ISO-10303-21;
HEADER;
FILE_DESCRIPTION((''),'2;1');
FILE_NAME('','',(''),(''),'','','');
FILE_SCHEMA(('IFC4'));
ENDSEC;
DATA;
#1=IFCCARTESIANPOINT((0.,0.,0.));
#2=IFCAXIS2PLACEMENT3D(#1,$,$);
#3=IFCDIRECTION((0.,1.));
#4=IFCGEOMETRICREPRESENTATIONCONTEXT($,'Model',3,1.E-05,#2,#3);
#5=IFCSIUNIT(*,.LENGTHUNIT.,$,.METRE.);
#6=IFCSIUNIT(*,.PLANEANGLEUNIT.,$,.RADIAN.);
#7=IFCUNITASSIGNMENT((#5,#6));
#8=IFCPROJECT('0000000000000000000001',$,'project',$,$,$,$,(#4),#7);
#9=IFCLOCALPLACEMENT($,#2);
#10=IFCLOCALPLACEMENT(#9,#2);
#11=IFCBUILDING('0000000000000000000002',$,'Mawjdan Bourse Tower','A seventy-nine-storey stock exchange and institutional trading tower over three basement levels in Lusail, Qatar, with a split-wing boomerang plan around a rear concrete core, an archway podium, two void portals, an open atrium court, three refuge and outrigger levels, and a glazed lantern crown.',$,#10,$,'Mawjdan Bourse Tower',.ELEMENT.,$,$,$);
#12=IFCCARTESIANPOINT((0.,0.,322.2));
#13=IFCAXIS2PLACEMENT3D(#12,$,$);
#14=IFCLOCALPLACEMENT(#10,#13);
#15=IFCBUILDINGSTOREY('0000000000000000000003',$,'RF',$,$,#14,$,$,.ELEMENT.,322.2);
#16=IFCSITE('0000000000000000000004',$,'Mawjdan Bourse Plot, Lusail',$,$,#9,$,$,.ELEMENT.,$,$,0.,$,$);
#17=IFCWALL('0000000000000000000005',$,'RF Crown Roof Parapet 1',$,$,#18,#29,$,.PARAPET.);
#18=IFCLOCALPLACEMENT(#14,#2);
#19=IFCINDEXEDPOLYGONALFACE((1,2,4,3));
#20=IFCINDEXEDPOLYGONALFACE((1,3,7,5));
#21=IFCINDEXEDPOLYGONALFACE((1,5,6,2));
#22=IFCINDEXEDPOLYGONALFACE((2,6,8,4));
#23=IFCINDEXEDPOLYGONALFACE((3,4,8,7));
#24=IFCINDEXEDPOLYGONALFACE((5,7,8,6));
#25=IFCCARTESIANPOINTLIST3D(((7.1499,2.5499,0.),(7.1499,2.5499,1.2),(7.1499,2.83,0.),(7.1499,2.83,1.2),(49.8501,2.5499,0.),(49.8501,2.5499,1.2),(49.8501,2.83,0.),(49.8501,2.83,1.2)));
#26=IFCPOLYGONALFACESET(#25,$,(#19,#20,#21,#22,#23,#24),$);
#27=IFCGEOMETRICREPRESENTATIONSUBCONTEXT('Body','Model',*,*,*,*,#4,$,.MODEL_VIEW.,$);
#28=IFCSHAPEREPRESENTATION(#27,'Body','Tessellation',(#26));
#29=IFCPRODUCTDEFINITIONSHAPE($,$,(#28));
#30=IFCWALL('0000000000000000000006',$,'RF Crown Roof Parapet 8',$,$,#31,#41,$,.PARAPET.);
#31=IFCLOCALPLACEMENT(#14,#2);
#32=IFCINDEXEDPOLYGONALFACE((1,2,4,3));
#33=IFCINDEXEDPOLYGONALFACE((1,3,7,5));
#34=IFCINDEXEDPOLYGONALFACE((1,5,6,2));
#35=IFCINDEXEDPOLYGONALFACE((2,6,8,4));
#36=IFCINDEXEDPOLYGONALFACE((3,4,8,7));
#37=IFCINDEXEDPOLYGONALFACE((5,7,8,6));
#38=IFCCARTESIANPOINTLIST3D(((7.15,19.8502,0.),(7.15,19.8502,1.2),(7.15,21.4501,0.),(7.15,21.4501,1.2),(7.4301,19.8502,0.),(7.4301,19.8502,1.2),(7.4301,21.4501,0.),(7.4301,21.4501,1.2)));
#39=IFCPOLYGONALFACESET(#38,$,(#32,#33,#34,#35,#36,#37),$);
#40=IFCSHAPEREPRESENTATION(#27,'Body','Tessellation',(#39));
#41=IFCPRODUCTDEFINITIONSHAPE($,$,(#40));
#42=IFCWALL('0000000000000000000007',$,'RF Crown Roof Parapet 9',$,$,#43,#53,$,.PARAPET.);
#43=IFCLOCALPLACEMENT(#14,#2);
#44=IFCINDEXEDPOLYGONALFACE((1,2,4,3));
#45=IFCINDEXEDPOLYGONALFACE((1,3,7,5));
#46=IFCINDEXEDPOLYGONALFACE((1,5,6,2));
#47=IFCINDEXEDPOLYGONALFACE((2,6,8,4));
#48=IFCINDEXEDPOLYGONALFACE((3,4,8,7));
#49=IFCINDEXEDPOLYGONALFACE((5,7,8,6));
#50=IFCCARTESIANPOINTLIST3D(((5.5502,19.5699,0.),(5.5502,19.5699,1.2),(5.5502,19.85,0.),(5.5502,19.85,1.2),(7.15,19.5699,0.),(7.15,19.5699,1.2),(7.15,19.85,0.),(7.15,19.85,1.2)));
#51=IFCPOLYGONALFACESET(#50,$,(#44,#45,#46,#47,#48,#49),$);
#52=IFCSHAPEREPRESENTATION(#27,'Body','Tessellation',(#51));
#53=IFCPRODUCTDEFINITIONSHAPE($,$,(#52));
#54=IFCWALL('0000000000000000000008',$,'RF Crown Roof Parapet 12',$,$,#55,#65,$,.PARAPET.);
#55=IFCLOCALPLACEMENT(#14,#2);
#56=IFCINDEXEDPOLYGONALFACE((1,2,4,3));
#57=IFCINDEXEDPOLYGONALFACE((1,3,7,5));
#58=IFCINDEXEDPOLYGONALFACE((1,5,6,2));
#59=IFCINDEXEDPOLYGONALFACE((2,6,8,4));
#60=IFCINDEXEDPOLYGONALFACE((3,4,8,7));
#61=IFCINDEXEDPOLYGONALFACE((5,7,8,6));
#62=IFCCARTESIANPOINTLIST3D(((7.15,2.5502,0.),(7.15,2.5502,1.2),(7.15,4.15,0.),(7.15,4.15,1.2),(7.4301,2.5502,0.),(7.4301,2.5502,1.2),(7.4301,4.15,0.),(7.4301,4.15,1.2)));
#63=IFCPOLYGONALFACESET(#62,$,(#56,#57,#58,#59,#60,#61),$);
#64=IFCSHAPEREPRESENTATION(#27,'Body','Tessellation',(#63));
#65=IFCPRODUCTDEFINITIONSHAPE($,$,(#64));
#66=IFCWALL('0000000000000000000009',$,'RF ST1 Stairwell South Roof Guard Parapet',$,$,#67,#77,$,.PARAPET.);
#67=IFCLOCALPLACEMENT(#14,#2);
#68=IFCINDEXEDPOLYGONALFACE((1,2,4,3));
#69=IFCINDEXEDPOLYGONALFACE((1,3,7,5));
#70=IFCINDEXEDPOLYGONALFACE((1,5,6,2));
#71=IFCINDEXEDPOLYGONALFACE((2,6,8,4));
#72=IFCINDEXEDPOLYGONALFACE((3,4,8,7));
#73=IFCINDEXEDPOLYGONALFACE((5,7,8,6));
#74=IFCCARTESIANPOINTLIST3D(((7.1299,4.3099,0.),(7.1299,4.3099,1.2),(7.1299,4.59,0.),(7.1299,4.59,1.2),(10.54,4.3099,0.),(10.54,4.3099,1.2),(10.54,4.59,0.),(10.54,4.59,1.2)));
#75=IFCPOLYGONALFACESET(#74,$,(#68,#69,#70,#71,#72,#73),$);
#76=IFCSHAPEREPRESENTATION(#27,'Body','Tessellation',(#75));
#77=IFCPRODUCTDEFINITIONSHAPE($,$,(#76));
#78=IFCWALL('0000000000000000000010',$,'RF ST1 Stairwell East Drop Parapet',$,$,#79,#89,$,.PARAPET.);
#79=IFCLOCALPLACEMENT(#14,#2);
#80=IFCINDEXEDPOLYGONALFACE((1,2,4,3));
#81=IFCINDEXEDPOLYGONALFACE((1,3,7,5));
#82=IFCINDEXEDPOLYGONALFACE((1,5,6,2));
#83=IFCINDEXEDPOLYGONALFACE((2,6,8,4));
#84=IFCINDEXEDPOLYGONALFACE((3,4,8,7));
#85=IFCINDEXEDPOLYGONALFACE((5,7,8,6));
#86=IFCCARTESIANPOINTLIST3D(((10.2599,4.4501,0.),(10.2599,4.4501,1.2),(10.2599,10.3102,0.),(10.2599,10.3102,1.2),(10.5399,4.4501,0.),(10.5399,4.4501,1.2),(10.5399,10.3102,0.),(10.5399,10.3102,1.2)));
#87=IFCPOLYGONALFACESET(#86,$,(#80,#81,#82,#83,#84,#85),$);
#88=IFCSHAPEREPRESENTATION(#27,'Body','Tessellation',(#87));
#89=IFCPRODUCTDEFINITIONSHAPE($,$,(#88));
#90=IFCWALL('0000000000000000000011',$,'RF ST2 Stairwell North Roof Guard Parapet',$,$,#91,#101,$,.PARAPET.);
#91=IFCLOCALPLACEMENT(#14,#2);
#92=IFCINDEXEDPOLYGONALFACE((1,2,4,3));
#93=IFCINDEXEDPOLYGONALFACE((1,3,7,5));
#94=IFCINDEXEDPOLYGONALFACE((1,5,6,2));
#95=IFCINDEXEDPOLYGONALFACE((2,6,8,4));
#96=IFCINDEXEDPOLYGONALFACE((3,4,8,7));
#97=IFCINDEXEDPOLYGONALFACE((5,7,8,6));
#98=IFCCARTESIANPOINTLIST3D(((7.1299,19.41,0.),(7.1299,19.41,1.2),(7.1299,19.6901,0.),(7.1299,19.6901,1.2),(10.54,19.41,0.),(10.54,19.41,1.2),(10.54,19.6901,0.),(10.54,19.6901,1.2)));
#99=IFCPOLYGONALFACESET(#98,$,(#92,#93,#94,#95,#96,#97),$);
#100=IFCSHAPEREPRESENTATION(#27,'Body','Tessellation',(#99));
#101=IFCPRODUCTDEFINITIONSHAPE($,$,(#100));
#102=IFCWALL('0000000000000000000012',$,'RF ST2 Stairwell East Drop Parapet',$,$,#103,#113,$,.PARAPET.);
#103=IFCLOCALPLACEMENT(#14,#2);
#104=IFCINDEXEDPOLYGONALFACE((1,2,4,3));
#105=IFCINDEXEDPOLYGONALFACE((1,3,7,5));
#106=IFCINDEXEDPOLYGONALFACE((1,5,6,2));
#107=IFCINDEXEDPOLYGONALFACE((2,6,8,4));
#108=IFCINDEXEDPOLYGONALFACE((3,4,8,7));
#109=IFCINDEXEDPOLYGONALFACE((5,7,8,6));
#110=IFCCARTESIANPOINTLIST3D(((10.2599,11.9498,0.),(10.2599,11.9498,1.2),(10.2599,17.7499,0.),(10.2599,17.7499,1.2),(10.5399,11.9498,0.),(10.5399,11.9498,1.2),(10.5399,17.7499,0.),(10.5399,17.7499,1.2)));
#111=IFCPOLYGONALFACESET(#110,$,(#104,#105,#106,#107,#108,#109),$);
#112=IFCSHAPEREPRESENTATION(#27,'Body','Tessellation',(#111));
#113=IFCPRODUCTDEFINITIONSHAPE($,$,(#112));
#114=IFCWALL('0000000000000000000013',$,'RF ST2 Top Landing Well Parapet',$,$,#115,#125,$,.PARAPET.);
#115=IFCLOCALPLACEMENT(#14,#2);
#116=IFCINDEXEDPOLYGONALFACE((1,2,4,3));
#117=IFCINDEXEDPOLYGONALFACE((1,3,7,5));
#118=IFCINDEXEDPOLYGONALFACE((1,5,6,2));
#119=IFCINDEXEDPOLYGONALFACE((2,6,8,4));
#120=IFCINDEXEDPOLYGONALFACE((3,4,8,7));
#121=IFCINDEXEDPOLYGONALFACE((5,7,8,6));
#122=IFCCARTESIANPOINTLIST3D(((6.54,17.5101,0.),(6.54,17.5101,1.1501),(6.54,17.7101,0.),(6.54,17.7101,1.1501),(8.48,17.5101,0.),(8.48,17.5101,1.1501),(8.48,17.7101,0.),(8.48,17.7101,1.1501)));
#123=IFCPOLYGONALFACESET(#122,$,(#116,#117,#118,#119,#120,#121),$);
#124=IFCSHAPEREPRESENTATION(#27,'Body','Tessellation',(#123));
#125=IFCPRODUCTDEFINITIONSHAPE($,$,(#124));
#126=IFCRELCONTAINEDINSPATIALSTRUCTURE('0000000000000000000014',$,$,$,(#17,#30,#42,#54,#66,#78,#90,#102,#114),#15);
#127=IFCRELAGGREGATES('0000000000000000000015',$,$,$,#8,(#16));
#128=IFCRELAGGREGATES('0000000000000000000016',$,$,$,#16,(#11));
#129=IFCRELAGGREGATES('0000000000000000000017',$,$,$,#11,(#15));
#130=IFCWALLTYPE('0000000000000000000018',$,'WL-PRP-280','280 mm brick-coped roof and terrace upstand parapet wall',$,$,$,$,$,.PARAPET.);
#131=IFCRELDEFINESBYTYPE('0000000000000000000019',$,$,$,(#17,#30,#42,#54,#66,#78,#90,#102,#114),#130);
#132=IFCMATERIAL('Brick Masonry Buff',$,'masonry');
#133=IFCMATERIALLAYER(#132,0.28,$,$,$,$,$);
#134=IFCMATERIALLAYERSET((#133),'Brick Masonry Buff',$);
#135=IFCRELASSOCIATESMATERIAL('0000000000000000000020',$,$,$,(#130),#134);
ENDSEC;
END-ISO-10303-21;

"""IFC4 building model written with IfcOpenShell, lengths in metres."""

from ifc_helpers import new_model, si_unit, direction, frame, frame_2d, origin, place, context, subcontext, project, spatial, rectangle, extrude, material, layer, layer_set, type_object, element, save


model = new_model("IFC4")

# Units and contexts
model_context = context("Model", 3, precision=1e-05, world=origin(), true_north=direction((0.0, 1.0)))
body_context = subcontext(model_context, "Body", "Model", "MODEL_VIEW")
ifc_project = project(units=[si_unit("LENGTHUNIT", "METRE"), si_unit("PLANEANGLEUNIT", "RADIAN")], contexts=[model_context])

# Site, building, storey
site_placement = place(None, origin())
site = spatial("IfcSite", under=ifc_project, at=site_placement, Name="Mawjdan Bourse Plot, Lusail", CompositionType="ELEMENT", RefElevation=0.0)
building_placement = place(site_placement, origin())
building = spatial("IfcBuilding", under=site, at=building_placement, Name="Mawjdan Bourse Tower", Description="A seventy-nine-storey stock exchange and institutional trading tower over three basement levels in Lusail, Qatar, with a split-wing boomerang plan around a rear concrete core, an archway podium, two void portals, an open atrium court, three refuge and outrigger levels, and a glazed lantern crown.", LongName="Mawjdan Bourse Tower", CompositionType="ELEMENT")
storey_placement = place(building_placement, frame((0.0, 0.0, 322.2)))
storey = spatial("IfcBuildingStorey", under=building, at=storey_placement, Name="RF", CompositionType="ELEMENT", Elevation=322.2)

# Walls
ifc_material_1 = material(Name="Brick Masonry Buff", Category="masonry")
ifc_layer = layer(ifc_material_1, 0.28)
ifc_layer_set = layer_set([ifc_layer], Name="Brick Masonry Buff")
wall_type = type_object("IfcWallType", Name="WL-PRP-280", Description="280 mm brick-coped roof and terrace upstand parapet wall", PredefinedType="PARAPET", material=ifc_layer_set)
wall_1_placement = place(storey_placement, frame((7.1499, 2.6899, 0.0), z_axis=(0.0, 0.0, 1.0), x_axis=(1.0, 0.0, 0.0)))
element("IfcWall", 1, at=wall_1_placement, inside=storey, type_object=wall_type, Name="RF Crown Roof Parapet 1", PredefinedType="PARAPET", context=body_context, shape_type="SweptSolid", body=[
    extrude(rectangle(XDim=42.7002, YDim=0.28, at=frame_2d((21.3501, 0.0))), origin(), (0.0, 0.0, 1.0), 1.2),
])
for number, where, z_axis, x_axis, name in (
    (2, (7.29, 21.45, 0.0), (0.0, 0.0, 1.0), (0.0, -1.0, 0.0), "RF Crown Roof Parapet 8"),
    (3, (7.1499, 19.71, 0.0), (0.0, 0.0, 1.0), (-1.0, 0.0, 0.0), "RF Crown Roof Parapet 9"),
    (4, (7.29, 4.1499, 0.0), (0.0, 0.0, 1.0), (0.0, -1.0, 0.0), "RF Crown Roof Parapet 12"),
):
    element("IfcWall", number, at=place(storey_placement, frame(where, z_axis=z_axis, x_axis=x_axis)), inside=storey, type_object=wall_type, Name=name, PredefinedType="PARAPET", context=body_context, shape_type="SweptSolid", body=[
        extrude(rectangle(XDim=1.5999, YDim=0.28, at=frame_2d((0.7998, 0.0))), origin(), (0.0, 0.0, 1.0), 1.2),
    ])
wall_2_placement = place(storey_placement, frame((7.1299, 4.45, 0.0), z_axis=(0.0, 0.0, 1.0), x_axis=(1.0, 0.0, 0.0)))
element("IfcWall", 5, at=wall_2_placement, inside=storey, type_object=wall_type, Name="RF ST1 Stairwell South Roof Guard Parapet", PredefinedType="PARAPET", context=body_context, shape_type="SweptSolid", body=[
    extrude(rectangle(XDim=3.4102, YDim=0.28, at=frame_2d((1.7051, 0.0))), origin(), (0.0, 0.0, 1.0), 1.2),
])
wall_3_placement = place(storey_placement, frame((10.3999, 4.45, 0.0), z_axis=(0.0, 0.0, 1.0), x_axis=(0.0, 1.0, 0.0)))
element("IfcWall", 6, at=wall_3_placement, inside=storey, type_object=wall_type, Name="RF ST1 Stairwell East Drop Parapet", PredefinedType="PARAPET", context=body_context, shape_type="SweptSolid", body=[
    extrude(rectangle(XDim=5.8601, YDim=0.28, at=frame_2d((2.9302, 0.0))), origin(), (0.0, 0.0, 1.0), 1.2),
])
wall_4_placement = place(storey_placement, frame((7.1299, 19.55, 0.0), z_axis=(0.0, 0.0, 1.0), x_axis=(1.0, 0.0, 0.0)))
element("IfcWall", 7, at=wall_4_placement, inside=storey, type_object=wall_type, Name="RF ST2 Stairwell North Roof Guard Parapet", PredefinedType="PARAPET", context=body_context, shape_type="SweptSolid", body=[
    extrude(rectangle(XDim=3.4102, YDim=0.28, at=frame_2d((1.7051, 0.0))), origin(), (0.0, 0.0, 1.0), 1.2),
])
wall_5_placement = place(storey_placement, frame((10.3999, 11.95, 0.0), z_axis=(0.0, 0.0, 1.0), x_axis=(0.0, 1.0, 0.0)))
element("IfcWall", 8, at=wall_5_placement, inside=storey, type_object=wall_type, Name="RF ST2 Stairwell East Drop Parapet", PredefinedType="PARAPET", context=body_context, shape_type="SweptSolid", body=[
    extrude(rectangle(XDim=5.8, YDim=0.28, at=frame_2d((2.8999, 0.0))), origin(), (0.0, 0.0, 1.0), 1.2),
])
wall_6_placement = place(storey_placement, frame((6.54, 17.6101, 0.0), z_axis=(0.0, 0.0, 1.0), x_axis=(1.0, 0.0, 0.0)))
element("IfcWall", 9, at=wall_6_placement, inside=storey, type_object=wall_type, Name="RF ST2 Top Landing Well Parapet", PredefinedType="PARAPET", context=body_context, shape_type="SweptSolid", body=[
    extrude(rectangle(XDim=1.9399, YDim=0.2, at=frame_2d((0.97, 0.0))), origin(), (0.0, 0.0, 1.0), 1.1501),
])

save(model, "model.ifc")
